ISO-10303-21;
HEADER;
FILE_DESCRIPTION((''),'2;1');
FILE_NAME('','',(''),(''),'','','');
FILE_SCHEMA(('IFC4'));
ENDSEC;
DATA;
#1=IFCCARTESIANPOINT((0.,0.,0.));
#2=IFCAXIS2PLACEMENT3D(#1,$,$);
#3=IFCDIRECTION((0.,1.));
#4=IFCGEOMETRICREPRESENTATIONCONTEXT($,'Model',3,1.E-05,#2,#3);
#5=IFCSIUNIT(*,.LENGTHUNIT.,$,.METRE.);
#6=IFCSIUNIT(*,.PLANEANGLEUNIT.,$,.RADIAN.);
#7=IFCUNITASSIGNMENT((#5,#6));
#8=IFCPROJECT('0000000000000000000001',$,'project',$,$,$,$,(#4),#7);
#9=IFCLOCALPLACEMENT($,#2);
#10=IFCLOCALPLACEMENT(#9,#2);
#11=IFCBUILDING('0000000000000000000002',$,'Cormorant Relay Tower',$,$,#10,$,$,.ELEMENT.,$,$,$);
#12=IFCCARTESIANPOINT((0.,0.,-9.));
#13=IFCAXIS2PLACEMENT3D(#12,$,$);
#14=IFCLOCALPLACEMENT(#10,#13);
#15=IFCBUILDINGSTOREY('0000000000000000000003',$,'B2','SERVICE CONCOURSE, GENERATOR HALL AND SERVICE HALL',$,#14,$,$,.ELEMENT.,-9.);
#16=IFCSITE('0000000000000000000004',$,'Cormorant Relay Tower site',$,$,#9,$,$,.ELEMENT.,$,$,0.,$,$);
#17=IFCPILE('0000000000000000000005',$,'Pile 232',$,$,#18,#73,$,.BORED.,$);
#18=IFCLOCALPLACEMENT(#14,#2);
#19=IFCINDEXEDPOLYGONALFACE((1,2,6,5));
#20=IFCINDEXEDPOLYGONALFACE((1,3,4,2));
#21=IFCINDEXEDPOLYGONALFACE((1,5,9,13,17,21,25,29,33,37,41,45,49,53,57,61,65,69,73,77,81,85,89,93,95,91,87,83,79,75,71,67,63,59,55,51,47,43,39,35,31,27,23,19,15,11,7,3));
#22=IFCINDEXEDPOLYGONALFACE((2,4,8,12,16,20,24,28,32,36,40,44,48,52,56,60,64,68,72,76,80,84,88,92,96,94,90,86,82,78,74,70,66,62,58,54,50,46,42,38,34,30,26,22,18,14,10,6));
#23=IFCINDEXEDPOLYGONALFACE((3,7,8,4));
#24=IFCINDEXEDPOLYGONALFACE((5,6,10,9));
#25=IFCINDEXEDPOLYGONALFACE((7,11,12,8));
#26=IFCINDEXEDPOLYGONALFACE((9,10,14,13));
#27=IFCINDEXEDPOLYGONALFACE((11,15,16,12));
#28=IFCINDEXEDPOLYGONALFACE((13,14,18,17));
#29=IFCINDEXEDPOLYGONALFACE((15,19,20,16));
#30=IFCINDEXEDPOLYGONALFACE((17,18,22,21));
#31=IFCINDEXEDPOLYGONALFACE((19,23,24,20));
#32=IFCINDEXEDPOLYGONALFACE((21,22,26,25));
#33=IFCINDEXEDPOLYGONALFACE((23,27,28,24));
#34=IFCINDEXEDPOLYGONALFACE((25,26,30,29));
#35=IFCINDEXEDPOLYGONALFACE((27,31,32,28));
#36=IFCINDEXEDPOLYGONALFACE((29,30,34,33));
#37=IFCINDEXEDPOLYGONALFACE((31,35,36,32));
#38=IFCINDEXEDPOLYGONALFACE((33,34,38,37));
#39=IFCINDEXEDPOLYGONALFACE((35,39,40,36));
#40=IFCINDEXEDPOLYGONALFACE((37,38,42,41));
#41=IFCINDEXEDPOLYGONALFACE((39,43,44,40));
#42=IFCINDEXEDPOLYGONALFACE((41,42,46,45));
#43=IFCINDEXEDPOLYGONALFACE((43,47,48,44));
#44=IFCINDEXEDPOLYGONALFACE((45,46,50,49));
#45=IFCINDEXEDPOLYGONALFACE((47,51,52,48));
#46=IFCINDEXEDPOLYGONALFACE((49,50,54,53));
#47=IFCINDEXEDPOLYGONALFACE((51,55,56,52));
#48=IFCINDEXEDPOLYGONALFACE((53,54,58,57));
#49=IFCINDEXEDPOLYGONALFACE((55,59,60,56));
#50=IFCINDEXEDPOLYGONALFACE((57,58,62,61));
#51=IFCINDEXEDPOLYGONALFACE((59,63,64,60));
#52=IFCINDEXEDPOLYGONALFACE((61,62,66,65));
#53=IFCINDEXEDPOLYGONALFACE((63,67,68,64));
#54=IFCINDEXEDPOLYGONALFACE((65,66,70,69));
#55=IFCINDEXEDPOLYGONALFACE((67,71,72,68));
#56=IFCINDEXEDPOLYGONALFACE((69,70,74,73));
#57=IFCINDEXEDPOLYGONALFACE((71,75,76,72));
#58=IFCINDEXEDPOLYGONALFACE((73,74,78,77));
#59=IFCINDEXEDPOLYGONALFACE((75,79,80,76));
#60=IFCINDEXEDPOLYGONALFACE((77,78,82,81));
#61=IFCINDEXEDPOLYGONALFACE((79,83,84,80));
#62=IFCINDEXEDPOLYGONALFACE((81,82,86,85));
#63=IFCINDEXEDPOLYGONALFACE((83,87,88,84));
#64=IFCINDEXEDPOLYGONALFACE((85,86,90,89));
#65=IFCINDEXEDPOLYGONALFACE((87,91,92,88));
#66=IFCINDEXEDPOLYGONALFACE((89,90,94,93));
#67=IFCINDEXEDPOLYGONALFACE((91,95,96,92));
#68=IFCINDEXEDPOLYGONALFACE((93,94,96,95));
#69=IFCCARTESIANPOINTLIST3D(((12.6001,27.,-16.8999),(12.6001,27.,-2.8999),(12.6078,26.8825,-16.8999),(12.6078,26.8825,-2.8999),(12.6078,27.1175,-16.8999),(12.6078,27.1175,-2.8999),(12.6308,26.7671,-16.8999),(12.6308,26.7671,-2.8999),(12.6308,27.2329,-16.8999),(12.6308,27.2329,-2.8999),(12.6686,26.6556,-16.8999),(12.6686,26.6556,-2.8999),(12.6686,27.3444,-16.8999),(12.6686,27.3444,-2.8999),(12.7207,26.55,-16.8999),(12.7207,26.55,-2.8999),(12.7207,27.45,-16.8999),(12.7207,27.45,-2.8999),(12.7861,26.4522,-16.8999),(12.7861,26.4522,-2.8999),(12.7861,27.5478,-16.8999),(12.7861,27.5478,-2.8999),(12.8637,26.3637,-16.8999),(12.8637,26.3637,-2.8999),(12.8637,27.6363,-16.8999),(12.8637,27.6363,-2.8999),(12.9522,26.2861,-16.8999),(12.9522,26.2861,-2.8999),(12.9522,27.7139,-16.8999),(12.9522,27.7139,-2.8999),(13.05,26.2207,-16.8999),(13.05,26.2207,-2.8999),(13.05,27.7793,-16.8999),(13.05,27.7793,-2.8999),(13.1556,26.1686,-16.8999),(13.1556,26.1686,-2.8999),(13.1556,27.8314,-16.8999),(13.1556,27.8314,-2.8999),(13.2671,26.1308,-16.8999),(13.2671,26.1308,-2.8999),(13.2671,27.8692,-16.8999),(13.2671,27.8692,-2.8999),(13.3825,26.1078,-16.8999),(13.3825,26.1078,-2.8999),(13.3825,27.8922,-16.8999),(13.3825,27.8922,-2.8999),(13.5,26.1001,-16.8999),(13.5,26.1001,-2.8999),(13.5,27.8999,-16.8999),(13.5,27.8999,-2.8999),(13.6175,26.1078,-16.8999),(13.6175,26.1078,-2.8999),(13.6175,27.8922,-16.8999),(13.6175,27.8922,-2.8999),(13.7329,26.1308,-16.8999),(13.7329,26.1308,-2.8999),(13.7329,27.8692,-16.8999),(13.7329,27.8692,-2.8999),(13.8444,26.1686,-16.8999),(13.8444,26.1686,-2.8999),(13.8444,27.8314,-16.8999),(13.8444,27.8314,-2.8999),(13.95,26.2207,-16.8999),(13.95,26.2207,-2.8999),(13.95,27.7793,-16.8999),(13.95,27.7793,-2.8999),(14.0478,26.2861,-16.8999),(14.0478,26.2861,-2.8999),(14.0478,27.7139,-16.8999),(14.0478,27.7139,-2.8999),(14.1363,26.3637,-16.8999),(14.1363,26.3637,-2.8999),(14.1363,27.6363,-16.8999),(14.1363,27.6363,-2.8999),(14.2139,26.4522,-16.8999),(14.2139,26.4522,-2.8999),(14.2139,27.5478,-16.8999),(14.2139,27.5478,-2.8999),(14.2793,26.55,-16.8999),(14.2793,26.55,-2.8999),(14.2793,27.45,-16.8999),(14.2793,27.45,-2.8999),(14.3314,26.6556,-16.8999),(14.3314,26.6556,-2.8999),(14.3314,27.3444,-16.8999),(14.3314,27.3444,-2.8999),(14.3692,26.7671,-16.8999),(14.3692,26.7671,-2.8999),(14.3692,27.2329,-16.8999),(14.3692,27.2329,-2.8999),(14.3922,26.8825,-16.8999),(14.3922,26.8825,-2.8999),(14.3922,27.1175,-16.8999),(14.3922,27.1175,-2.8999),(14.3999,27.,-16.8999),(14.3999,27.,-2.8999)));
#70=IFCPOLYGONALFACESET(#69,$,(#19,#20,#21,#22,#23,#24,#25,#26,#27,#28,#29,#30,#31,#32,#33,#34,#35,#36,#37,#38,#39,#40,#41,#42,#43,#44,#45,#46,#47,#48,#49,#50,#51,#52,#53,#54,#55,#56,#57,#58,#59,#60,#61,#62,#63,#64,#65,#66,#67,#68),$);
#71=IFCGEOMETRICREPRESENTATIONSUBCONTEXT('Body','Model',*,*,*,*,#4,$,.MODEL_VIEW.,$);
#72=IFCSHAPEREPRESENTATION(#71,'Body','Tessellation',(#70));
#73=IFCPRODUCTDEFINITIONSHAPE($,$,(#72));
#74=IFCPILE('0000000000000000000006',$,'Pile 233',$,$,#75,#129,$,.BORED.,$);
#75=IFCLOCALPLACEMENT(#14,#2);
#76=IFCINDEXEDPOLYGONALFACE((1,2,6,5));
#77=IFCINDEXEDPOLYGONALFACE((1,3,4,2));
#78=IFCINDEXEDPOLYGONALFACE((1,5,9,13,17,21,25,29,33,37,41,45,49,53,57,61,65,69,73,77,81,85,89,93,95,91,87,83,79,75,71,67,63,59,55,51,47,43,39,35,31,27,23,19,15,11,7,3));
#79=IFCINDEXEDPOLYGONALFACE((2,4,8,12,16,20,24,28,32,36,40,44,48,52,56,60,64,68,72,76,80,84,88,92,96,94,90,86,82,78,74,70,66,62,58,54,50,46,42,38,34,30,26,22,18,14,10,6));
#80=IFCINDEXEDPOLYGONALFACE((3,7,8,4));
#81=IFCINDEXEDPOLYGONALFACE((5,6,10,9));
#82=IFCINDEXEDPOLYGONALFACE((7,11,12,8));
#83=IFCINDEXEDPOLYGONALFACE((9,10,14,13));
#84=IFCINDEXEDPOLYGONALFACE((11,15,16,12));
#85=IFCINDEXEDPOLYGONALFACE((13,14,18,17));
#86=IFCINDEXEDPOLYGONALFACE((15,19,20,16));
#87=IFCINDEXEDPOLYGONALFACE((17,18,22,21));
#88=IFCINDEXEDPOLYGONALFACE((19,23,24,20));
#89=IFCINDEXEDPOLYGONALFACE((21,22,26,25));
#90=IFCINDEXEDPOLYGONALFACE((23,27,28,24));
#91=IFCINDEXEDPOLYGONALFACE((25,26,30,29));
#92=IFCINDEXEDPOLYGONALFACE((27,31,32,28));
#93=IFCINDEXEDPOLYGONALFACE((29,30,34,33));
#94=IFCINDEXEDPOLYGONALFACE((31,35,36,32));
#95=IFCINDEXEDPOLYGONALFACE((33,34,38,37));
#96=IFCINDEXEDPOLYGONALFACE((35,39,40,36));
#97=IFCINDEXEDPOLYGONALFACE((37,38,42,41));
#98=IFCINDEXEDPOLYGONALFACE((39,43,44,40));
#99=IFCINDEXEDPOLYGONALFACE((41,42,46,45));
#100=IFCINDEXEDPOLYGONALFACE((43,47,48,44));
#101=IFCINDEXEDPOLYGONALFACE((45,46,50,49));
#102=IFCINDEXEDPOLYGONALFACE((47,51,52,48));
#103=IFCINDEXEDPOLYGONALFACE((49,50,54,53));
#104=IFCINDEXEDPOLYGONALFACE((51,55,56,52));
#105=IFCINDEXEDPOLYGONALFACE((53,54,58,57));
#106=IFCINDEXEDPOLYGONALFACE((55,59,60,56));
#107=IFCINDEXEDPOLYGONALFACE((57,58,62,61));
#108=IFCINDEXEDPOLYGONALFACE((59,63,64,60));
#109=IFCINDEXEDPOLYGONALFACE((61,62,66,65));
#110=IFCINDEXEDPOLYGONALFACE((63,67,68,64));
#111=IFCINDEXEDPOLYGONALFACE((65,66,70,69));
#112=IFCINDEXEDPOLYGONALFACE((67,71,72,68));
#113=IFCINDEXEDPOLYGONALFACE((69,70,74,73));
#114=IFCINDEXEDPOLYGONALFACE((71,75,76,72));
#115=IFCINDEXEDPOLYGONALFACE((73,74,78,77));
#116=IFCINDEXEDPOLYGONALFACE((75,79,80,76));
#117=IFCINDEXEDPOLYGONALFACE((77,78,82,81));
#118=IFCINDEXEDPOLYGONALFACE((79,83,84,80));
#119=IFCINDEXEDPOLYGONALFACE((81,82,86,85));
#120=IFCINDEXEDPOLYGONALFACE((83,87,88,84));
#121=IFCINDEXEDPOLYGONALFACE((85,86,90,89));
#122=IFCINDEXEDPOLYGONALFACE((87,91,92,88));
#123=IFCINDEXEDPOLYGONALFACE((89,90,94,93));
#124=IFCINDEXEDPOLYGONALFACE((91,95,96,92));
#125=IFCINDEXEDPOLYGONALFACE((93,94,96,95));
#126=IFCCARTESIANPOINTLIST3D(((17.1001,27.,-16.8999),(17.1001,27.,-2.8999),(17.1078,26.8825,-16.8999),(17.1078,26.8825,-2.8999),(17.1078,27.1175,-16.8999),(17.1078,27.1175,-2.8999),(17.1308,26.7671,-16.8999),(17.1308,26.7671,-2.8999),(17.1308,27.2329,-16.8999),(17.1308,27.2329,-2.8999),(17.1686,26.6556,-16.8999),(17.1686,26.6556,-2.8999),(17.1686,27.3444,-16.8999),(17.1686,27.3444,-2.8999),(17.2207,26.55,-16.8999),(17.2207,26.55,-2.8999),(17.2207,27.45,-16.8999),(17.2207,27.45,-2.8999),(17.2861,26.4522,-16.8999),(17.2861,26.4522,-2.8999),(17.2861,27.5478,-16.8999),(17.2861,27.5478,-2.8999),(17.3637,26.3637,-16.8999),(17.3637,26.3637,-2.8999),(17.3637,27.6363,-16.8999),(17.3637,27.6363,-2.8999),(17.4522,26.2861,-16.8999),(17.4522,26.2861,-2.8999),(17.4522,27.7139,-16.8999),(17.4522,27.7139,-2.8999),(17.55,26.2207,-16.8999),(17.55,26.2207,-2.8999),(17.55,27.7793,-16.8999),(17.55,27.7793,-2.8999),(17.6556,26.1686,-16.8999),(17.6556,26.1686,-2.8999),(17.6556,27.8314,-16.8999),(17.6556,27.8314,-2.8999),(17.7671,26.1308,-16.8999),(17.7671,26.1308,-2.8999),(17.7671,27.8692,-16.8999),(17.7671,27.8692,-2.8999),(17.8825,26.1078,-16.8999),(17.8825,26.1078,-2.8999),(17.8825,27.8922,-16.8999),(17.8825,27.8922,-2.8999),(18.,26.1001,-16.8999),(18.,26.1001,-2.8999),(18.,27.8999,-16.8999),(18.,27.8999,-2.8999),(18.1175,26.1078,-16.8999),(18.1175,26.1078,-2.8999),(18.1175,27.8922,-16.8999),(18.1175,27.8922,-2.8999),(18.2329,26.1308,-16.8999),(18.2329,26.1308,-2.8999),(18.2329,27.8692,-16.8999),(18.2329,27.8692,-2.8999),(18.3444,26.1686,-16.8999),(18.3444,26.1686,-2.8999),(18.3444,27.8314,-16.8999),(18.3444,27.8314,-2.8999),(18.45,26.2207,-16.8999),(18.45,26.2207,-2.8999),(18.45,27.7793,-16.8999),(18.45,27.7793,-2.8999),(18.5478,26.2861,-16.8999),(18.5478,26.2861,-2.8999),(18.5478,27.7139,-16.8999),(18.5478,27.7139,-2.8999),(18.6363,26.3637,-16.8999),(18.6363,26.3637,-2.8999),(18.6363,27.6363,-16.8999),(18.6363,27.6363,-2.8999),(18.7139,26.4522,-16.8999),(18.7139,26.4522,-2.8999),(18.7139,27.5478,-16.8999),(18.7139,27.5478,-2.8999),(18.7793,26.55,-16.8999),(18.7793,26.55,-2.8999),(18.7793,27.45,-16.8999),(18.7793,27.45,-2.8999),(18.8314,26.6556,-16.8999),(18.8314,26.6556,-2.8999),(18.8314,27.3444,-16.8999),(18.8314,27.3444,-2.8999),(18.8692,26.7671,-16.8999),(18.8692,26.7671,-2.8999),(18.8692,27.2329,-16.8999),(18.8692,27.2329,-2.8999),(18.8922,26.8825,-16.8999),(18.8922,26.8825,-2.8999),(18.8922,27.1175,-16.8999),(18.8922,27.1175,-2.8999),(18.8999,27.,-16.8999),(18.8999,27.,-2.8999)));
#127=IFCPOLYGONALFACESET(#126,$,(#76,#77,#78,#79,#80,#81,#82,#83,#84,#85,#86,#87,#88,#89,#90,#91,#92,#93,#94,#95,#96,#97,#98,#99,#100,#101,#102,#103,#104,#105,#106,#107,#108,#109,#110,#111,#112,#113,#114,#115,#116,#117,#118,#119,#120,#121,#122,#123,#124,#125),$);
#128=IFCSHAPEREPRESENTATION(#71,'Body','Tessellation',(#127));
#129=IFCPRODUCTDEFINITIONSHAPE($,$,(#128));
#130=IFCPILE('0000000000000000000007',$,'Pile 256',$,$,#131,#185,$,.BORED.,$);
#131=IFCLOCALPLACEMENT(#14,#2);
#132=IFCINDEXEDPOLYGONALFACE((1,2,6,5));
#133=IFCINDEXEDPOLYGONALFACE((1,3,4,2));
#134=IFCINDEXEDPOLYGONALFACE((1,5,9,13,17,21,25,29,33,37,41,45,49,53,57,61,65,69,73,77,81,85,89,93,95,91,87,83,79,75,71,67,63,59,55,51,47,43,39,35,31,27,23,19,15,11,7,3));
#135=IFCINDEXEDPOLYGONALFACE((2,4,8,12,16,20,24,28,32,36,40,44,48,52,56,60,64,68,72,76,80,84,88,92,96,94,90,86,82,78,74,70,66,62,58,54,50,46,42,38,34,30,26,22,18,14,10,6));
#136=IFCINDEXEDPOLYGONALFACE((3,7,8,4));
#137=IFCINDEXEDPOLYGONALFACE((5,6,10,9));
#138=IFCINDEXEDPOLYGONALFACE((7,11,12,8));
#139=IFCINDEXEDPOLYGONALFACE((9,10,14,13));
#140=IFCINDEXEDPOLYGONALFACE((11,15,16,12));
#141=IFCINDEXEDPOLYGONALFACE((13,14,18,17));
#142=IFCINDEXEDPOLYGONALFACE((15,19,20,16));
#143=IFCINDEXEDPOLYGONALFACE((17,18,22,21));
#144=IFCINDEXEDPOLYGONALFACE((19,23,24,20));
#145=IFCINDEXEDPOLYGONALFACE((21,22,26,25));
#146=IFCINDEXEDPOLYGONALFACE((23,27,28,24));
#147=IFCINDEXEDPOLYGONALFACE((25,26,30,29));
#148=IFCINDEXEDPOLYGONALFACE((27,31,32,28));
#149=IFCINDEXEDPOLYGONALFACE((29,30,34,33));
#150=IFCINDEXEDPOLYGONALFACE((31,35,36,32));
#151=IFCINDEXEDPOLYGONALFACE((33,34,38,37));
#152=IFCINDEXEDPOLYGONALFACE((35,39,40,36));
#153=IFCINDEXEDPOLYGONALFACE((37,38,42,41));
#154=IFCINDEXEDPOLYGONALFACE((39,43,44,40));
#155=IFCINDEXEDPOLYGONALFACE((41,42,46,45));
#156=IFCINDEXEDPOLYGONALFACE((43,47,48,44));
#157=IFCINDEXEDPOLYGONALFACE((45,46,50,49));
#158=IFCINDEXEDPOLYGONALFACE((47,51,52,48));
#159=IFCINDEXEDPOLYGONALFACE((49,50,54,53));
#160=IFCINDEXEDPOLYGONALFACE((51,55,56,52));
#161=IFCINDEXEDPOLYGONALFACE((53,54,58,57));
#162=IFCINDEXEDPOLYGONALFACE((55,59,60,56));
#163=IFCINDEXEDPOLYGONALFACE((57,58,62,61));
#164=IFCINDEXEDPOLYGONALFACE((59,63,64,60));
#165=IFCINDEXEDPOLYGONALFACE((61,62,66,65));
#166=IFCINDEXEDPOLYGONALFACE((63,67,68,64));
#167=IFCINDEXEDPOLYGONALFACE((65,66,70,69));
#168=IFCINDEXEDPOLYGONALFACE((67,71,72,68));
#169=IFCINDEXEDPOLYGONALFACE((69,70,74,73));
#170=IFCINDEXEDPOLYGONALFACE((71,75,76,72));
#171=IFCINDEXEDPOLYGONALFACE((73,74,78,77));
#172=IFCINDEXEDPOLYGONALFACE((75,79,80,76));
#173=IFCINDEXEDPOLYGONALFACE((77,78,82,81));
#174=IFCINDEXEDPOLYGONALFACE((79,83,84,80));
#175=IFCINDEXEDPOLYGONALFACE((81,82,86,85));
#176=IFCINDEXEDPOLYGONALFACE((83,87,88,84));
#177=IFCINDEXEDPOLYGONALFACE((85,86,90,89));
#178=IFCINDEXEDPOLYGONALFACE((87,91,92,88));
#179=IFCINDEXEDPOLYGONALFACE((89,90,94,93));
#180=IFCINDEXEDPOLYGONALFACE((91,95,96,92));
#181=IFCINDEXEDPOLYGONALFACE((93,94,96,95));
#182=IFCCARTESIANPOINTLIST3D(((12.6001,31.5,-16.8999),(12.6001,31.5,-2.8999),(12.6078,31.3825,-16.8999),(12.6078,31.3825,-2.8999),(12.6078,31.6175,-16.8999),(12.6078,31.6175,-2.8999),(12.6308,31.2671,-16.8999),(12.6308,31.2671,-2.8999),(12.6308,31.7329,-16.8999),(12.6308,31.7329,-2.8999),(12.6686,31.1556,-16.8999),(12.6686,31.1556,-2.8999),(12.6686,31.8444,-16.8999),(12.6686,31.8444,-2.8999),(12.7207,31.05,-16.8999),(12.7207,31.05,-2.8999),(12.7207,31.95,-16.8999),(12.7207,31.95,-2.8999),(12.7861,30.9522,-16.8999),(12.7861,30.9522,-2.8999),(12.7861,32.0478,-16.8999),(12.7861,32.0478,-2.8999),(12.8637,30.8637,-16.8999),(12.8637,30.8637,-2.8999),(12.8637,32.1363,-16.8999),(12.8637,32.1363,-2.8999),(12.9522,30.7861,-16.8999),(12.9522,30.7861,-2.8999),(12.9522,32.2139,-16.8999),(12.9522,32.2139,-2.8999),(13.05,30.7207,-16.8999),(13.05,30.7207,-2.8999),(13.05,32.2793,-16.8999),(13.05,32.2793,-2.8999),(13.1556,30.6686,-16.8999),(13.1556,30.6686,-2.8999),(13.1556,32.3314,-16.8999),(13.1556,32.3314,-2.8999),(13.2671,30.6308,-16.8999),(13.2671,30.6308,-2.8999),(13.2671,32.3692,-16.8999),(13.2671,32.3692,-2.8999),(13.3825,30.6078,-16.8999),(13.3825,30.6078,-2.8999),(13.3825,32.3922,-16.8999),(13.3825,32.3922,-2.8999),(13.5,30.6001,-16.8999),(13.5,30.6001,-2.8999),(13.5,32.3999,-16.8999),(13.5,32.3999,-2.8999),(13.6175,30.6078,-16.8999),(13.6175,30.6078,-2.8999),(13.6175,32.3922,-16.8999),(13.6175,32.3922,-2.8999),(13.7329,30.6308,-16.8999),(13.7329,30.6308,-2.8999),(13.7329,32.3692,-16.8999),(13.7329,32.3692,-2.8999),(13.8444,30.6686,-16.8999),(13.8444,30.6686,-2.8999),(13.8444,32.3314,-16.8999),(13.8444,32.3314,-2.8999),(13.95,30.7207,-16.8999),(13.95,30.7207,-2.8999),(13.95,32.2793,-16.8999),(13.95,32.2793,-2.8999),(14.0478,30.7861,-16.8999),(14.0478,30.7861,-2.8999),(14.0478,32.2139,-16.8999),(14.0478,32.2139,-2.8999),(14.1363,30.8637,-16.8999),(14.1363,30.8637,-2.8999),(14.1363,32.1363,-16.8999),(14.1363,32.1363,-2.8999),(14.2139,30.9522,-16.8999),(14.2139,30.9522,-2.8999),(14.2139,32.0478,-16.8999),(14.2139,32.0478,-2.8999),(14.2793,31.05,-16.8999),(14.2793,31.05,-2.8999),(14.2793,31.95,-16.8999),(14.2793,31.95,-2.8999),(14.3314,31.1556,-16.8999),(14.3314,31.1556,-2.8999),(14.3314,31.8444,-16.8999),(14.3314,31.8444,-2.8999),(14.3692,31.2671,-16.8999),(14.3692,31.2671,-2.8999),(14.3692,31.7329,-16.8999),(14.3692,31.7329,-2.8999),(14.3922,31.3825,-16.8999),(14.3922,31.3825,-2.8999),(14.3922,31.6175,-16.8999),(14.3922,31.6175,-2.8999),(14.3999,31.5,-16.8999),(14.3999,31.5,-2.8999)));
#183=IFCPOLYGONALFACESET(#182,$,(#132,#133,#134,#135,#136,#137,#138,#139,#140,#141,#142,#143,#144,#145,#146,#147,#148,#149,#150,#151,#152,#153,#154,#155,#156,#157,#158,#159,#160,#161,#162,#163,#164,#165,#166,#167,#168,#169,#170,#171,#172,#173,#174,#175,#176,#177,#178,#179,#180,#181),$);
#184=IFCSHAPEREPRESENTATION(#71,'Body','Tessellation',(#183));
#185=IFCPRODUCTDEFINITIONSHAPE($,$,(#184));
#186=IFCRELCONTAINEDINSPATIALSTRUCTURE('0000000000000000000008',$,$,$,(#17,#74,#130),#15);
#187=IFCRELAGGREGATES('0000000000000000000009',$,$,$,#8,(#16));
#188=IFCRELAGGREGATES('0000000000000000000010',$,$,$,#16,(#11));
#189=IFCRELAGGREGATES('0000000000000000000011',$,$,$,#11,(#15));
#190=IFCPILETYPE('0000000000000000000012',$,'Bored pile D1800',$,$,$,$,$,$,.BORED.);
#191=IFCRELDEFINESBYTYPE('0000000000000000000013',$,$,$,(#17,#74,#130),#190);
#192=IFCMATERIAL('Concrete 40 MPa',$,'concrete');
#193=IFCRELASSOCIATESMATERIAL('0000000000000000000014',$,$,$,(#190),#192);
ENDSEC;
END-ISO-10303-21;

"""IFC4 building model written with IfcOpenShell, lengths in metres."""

from ifc_helpers import new_model, si_unit, direction, frame, origin, origin_2d, place, context, subcontext, project, spatial, circle, extrude, material, material_profile, profile_set, type_object, element, save


model = new_model("IFC4")

# Units and contexts
model_context = context("Model", 3, precision=1e-05, world=origin(), true_north=direction((0.0, 1.0)))
body_context = subcontext(model_context, "Body", "Model", "MODEL_VIEW")
ifc_project = project(units=[si_unit("LENGTHUNIT", "METRE"), si_unit("PLANEANGLEUNIT", "RADIAN")], contexts=[model_context])

# Site, building, storey
site_placement = place(None, origin())
site = spatial("IfcSite", under=ifc_project, at=site_placement, Name="Cormorant Relay Tower site", CompositionType="ELEMENT", RefElevation=0.0)
building_placement = place(site_placement, origin())
building = spatial("IfcBuilding", under=site, at=building_placement, Name="Cormorant Relay Tower", CompositionType="ELEMENT")
storey_placement = place(building_placement, frame((0.0, 0.0, -9.0)))
storey = spatial("IfcBuildingStorey", under=building, at=storey_placement, Name="B2", Description="SERVICE CONCOURSE, GENERATOR HALL AND SERVICE HALL", CompositionType="ELEMENT", Elevation=-9.0)

# Piles
ifc_material_1 = material(Name="Concrete 40 MPa", Category="concrete")
ifc_material_profile_1 = material_profile(ifc_material_1, circle(Radius=0.8999, at=origin_2d()), Name="BP1800")
ifc_profile_set_1 = profile_set([ifc_material_profile_1], Name="Concrete 40 MPa")
pile_type = type_object("IfcPileType", Name="Bored pile D1800", PredefinedType="BORED", material=ifc_profile_set_1)
for number, where, z_axis, x_axis, name in (
    (1, (13.5, 27.0, -2.8999), (0.0, 0.0, -1.0), (1.0, 0.0, 0.0), "Pile 232"),
    (2, (18.0, 27.0, -2.8999), (0.0, 0.0, -1.0), (1.0, 0.0, 0.0), "Pile 233"),
    (3, (13.5, 31.5, -2.8999), (0.0, 0.0, -1.0), (1.0, 0.0, 0.0), "Pile 256"),
):
    element("IfcPile", number, at=place(storey_placement, frame(where, z_axis=z_axis, x_axis=x_axis)), inside=storey, type_object=pile_type, Name=name, PredefinedType="BORED", context=body_context, shape_type="SweptSolid", body=[
        extrude(circle(Radius=0.8999, at=origin_2d()), origin(), (0.0, 0.0, 1.0), 14.0),
    ])

save(model, "model.ifc")
